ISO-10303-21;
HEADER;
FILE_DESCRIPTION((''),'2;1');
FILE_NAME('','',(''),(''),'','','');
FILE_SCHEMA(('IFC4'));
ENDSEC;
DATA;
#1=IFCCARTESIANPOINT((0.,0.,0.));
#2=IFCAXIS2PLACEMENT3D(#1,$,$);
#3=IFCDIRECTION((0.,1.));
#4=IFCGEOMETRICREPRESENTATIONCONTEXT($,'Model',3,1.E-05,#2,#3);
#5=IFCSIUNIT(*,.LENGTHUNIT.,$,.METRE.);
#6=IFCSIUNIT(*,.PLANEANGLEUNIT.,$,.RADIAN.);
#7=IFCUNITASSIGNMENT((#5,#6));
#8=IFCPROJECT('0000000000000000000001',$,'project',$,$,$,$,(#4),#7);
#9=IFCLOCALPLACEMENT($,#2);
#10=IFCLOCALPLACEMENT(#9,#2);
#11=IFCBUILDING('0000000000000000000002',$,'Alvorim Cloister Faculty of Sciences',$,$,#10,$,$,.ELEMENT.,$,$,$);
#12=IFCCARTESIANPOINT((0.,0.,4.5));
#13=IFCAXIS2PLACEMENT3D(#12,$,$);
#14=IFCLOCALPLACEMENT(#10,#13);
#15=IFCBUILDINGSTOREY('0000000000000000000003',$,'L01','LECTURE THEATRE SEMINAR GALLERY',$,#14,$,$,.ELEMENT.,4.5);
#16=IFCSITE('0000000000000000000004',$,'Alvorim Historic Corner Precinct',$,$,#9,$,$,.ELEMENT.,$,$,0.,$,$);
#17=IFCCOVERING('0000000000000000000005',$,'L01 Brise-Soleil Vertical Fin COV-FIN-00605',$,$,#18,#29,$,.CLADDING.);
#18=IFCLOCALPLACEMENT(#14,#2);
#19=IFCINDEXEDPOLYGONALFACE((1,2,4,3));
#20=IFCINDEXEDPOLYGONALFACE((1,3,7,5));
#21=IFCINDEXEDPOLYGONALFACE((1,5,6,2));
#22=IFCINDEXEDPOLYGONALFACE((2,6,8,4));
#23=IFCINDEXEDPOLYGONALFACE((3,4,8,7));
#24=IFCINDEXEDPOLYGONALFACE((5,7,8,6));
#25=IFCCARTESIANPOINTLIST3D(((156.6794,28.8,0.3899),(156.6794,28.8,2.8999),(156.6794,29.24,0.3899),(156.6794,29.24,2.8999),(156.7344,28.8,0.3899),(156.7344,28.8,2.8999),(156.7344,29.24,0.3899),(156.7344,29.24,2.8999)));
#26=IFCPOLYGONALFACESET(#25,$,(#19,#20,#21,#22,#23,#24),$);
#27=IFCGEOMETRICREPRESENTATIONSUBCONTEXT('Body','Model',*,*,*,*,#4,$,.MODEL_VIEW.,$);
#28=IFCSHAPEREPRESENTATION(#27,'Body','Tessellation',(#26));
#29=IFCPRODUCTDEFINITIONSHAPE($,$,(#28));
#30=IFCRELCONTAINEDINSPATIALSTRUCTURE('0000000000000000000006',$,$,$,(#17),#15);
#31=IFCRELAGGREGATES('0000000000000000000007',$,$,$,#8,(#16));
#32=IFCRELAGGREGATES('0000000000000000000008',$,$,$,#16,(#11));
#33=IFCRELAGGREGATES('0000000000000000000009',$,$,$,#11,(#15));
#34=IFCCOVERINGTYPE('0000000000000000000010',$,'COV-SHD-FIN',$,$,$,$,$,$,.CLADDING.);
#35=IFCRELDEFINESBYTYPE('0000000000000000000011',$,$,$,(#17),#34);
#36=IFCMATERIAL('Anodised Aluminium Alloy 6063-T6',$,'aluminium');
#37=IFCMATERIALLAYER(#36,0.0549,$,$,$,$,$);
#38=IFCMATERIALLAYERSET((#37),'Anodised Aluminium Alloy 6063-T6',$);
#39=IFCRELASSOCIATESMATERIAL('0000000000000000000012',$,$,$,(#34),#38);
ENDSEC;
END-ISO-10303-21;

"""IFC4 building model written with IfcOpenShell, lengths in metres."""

from ifc_helpers import new_model, si_unit, direction, frame, origin, place, context, subcontext, project, spatial, polyline, outline, extrude, material, layer, layer_set, type_object, element, save


model = new_model("IFC4")

# Units and contexts
model_context = context("Model", 3, precision=1e-05, world=origin(), true_north=direction((0.0, 1.0)))
body_context = subcontext(model_context, "Body", "Model", "MODEL_VIEW")
ifc_project = project(units=[si_unit("LENGTHUNIT", "METRE"), si_unit("PLANEANGLEUNIT", "RADIAN")], contexts=[model_context])

# Site, building, storey
site_placement = place(None, origin())
site = spatial("IfcSite", under=ifc_project, at=site_placement, Name="Alvorim Historic Corner Precinct", CompositionType="ELEMENT", RefElevation=0.0)
building_placement = place(site_placement, origin())
building = spatial("IfcBuilding", under=site, at=building_placement, Name="Alvorim Cloister Faculty of Sciences", CompositionType="ELEMENT")
storey_placement = place(building_placement, frame((0.0, 0.0, 4.5)))
storey = spatial("IfcBuildingStorey", under=building, at=storey_placement, Name="L01", Description="LECTURE THEATRE SEMINAR GALLERY", CompositionType="ELEMENT", Elevation=4.5)

# Covering
ifc_material_1 = material(Name="Anodised Aluminium Alloy 6063-T6", Category="aluminium")
ifc_layer_1 = layer(ifc_material_1, 0.0549)
ifc_layer_set_1 = layer_set([ifc_layer_1], Name="Anodised Aluminium Alloy 6063-T6")
covering_type = type_object("IfcCoveringType", Name="COV-SHD-FIN", PredefinedType="CLADDING", material=ifc_layer_set_1)
for number, where, z_axis, x_axis, name in (
    (1, (156.7068, 28.8, 0.3899), (0.0, 0.0, 1.0), (0.0, 1.0, 0.0), "L01 Brise-Soleil Vertical Fin COV-FIN-00605"),
):
    element("IfcCovering", number, at=place(storey_placement, frame(where, z_axis=z_axis, x_axis=x_axis)), inside=storey, type_object=covering_type, Name=name, PredefinedType="CLADDING", context=body_context, shape_type="SweptSolid", body=[
        extrude(outline(polyline([(0.0, 0.0), (0.4399, 0.0), (0.4399, 2.51), (0.0, 2.51), (0.0, 0.0)])), frame((0.0, 0.0273, 0.0), z_axis=(0.0, -1.0, 0.0), x_axis=(1.0, 0.0, 0.0)), (0.0, 0.0, 1.0), 0.0549),
    ])

save(model, "model.ifc")
